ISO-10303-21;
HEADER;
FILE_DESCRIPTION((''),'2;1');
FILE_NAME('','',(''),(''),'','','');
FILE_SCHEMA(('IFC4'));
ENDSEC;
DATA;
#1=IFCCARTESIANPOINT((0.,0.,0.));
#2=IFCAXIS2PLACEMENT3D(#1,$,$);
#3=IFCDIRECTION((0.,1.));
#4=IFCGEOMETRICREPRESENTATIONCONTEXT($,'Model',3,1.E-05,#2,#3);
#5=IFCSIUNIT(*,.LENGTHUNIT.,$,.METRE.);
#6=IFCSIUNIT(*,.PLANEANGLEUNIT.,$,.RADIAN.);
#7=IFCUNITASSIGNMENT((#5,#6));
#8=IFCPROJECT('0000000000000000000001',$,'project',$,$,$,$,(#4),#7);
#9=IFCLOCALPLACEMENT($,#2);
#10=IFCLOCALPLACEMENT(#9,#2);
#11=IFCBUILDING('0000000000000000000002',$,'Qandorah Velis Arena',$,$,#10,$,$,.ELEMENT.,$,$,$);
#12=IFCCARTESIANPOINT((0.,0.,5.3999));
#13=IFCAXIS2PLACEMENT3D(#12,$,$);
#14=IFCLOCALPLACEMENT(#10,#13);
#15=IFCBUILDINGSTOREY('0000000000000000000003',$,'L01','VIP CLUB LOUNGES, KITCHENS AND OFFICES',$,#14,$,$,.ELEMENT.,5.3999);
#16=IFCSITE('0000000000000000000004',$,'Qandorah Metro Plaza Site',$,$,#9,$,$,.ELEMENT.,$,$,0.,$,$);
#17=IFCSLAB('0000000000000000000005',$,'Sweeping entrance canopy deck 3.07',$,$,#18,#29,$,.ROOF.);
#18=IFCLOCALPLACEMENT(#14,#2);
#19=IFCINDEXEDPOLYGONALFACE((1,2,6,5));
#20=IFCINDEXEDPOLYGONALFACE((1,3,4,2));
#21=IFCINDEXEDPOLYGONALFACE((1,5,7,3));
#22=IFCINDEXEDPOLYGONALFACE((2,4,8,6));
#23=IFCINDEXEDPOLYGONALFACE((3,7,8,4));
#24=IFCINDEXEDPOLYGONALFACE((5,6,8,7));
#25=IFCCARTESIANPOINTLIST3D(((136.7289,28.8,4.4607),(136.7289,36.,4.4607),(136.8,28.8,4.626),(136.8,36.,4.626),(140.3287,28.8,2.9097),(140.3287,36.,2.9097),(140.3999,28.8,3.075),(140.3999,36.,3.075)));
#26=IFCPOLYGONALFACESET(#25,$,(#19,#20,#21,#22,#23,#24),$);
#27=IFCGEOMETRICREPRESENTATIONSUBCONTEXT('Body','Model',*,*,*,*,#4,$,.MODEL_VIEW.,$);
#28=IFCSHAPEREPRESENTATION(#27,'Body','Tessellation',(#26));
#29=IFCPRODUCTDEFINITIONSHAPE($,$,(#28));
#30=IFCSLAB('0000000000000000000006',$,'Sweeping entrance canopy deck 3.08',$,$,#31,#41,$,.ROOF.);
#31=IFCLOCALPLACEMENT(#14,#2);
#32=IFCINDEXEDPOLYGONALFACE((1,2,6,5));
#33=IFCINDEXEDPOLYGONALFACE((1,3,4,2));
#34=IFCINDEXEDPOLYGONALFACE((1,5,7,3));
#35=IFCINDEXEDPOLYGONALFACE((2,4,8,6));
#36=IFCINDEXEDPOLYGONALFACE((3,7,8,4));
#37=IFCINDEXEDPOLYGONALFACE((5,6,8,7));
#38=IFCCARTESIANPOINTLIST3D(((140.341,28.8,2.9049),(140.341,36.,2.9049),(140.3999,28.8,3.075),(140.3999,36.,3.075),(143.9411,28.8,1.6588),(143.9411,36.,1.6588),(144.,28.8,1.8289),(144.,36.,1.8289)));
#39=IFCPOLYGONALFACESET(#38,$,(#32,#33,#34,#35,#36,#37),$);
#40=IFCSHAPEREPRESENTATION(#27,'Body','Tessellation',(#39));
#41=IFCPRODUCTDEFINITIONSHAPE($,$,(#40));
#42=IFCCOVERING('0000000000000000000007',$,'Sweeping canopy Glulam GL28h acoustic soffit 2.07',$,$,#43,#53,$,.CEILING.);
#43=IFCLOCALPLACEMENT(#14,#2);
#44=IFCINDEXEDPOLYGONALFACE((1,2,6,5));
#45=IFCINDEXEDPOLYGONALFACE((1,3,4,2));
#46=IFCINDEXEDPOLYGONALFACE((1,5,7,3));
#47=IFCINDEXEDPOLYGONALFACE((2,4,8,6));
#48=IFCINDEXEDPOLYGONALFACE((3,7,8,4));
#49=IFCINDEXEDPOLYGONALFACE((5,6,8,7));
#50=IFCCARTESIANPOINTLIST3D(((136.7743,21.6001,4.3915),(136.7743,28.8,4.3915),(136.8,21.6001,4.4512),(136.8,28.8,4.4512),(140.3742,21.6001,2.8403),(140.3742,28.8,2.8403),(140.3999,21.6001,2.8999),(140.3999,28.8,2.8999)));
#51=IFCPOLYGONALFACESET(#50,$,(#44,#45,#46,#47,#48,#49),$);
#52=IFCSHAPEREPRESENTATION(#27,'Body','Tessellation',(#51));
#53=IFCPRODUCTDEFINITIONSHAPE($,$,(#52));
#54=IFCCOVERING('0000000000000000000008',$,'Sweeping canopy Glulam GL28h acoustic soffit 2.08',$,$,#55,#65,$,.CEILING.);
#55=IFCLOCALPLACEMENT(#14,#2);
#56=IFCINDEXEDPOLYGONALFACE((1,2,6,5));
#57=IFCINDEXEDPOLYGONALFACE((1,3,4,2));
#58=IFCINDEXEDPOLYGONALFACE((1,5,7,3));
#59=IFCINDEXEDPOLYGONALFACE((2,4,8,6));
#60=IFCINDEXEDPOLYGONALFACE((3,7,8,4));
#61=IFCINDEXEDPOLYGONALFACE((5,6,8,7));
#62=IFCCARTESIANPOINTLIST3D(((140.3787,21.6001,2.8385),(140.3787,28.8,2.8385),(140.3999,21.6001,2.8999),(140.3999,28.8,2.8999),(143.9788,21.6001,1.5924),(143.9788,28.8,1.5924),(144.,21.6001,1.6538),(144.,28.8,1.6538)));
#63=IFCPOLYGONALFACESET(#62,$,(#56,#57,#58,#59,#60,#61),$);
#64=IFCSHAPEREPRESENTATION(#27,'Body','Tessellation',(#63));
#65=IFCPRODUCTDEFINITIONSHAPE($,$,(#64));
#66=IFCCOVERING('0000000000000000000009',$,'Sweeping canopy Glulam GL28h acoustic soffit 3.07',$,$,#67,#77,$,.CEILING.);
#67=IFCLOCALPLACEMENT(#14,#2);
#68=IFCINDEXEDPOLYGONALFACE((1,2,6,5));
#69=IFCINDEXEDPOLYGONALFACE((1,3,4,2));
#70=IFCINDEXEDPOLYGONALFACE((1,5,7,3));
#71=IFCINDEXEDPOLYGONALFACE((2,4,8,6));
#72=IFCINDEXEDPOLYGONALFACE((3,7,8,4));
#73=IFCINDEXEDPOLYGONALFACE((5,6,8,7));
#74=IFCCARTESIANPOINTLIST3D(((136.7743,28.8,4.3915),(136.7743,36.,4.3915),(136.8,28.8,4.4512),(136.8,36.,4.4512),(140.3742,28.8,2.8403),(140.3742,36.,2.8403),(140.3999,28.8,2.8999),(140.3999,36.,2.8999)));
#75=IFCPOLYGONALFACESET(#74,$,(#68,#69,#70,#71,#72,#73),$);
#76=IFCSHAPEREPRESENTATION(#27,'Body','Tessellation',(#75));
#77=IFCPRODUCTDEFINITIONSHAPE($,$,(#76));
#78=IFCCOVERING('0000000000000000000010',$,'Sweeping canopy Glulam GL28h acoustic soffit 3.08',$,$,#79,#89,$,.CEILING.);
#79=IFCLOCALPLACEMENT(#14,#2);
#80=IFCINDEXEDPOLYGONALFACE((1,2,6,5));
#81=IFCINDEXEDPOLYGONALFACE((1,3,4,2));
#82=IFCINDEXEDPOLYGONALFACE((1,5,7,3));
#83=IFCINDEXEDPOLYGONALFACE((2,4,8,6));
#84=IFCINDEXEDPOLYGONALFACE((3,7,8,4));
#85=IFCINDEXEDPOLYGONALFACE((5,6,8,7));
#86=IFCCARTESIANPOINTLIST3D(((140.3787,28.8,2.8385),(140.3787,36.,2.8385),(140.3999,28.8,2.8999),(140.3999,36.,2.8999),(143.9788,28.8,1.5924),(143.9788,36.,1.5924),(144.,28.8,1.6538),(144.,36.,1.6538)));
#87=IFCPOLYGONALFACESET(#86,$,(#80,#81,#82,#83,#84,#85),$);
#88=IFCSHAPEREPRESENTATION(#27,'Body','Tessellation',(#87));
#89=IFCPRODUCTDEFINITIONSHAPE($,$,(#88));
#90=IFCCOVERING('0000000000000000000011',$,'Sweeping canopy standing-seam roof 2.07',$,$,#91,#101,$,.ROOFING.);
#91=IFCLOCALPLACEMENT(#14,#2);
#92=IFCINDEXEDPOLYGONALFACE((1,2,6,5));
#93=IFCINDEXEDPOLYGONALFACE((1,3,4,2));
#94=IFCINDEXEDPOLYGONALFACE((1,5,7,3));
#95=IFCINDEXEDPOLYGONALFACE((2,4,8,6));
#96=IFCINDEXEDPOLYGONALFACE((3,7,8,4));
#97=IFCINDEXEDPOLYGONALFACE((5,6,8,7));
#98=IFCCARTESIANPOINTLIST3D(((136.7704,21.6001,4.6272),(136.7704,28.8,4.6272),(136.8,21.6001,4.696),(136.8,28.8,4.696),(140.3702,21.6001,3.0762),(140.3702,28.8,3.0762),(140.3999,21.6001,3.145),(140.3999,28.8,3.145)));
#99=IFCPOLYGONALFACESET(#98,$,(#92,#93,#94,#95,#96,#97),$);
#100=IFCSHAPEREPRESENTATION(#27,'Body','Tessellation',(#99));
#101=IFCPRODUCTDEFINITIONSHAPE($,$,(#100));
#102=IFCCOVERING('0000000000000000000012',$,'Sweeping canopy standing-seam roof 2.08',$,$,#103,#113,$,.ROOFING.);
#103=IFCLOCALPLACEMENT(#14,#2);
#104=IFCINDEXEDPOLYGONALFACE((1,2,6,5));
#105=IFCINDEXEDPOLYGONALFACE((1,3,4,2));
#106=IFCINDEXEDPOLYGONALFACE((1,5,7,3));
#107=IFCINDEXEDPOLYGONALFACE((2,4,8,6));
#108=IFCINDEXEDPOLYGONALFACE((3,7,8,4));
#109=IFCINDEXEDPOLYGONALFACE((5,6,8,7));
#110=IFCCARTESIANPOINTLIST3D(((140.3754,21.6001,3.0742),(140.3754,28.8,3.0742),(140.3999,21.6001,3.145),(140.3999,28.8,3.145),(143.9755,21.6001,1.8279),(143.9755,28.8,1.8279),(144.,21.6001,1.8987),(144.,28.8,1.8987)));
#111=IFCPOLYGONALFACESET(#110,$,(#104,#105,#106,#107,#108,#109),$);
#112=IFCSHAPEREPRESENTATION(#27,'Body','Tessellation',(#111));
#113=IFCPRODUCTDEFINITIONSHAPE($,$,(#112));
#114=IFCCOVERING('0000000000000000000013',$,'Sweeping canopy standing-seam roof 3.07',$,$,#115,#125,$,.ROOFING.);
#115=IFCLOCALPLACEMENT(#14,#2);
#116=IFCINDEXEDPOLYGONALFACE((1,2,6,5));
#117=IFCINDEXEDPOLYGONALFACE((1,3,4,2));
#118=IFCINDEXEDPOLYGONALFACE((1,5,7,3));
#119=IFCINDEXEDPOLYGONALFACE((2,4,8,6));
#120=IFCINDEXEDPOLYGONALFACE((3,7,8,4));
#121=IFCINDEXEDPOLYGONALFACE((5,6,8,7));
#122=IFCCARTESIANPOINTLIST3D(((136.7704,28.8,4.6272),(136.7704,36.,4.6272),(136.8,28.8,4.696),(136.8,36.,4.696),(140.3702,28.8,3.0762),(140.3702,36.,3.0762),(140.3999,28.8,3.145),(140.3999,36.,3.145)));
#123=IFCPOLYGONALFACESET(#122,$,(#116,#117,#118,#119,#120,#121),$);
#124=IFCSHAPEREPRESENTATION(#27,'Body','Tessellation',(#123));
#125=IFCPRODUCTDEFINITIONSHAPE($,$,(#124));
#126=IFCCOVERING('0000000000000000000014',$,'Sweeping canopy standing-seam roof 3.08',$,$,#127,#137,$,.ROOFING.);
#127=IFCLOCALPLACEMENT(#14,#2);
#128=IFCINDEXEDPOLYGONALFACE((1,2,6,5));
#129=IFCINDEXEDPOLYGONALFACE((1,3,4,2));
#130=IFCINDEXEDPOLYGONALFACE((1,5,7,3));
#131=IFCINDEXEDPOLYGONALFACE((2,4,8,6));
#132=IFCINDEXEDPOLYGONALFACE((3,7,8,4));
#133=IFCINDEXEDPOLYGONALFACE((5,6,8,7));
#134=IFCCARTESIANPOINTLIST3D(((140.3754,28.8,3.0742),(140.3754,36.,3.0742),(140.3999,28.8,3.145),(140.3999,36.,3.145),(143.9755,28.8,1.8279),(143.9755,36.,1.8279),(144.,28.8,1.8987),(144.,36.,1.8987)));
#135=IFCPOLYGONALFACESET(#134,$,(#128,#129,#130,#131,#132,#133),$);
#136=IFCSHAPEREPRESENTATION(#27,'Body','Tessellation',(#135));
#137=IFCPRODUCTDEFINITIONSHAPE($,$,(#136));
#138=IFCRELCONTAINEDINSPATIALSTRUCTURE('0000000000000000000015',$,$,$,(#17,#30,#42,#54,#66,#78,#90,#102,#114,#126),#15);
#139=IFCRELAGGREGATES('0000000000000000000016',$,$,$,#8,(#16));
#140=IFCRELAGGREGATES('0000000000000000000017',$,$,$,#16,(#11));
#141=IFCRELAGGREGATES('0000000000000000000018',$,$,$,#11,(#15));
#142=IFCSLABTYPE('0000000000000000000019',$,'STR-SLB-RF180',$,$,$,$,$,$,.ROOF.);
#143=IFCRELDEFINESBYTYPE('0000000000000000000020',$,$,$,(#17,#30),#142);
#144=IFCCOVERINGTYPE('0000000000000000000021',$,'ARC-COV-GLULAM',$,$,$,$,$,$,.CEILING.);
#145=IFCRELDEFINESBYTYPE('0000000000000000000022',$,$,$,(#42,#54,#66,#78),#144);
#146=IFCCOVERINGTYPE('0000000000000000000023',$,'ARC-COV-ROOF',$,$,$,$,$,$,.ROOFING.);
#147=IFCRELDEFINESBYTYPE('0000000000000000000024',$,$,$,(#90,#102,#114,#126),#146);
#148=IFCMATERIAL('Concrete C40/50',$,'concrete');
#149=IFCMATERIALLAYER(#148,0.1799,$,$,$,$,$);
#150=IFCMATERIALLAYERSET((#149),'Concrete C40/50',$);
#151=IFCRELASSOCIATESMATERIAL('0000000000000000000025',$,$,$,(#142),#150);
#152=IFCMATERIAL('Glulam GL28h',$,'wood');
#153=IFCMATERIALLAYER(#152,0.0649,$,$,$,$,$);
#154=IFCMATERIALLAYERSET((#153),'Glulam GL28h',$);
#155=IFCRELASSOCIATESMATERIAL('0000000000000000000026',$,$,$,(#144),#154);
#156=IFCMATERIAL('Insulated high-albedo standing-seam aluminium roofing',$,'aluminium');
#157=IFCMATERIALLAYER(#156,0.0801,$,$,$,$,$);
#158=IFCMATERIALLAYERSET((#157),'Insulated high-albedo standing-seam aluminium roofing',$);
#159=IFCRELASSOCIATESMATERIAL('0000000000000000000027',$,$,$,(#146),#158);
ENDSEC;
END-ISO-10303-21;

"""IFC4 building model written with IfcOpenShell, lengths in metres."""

from ifc_helpers import new_model, si_unit, direction, frame, origin, place, context, subcontext, project, spatial, polyline, outline, extrude, material, layer, layer_set, type_object, element, save


model = new_model("IFC4")

# Units and contexts
model_context = context("Model", 3, precision=1e-05, world=origin(), true_north=direction((0.0, 1.0)))
body_context = subcontext(model_context, "Body", "Model", "MODEL_VIEW")
ifc_project = project(units=[si_unit("LENGTHUNIT", "METRE"), si_unit("PLANEANGLEUNIT", "RADIAN")], contexts=[model_context])

# Site, building, storey
site_placement = place(None, origin())
site = spatial("IfcSite", under=ifc_project, at=site_placement, Name="Qandorah Metro Plaza Site", CompositionType="ELEMENT", RefElevation=0.0)
building_placement = place(site_placement, origin())
building = spatial("IfcBuilding", under=site, at=building_placement, Name="Qandorah Velis Arena", CompositionType="ELEMENT")
storey_placement = place(building_placement, frame((0.0, 0.0, 5.3999)))
storey = spatial("IfcBuildingStorey", under=building, at=storey_placement, Name="L01", Description="VIP CLUB LOUNGES, KITCHENS AND OFFICES", CompositionType="ELEMENT", Elevation=5.3999)

# Slabs
ifc_material_1 = material(Name="Concrete C40/50", Category="concrete")
ifc_layer_1 = layer(ifc_material_1, 0.1799)
ifc_layer_set_1 = layer_set([ifc_layer_1], Name="Concrete C40/50")
slab_type = type_object("IfcSlabType", Name="STR-SLB-RF180", PredefinedType="ROOF", material=ifc_layer_set_1)
slab_1_placement = place(storey_placement, frame((136.8, 28.8, 4.626), z_axis=(0.395693, 0.0, 0.918383), x_axis=(0.918383, 0.0, -0.395693)))
element("IfcSlab", 1, at=slab_1_placement, inside=storey, type_object=slab_type, Name="Sweeping entrance canopy deck 3.07", PredefinedType="ROOF", context=body_context, shape_type="SweptSolid", body=[
    extrude(outline(polyline([(0.0, 0.0), (3.9198, 0.0), (3.9198, 7.2), (0.0, 7.2), (0.0, 0.0)])), origin(), (0.0, 0.0, -1.0), 0.1799),
])
slab_2_placement = place(storey_placement, frame((140.3999, 28.8, 3.075), z_axis=(0.327089, 0.0, 0.944994), x_axis=(0.944994, 0.0, -0.327089)))
element("IfcSlab", 2, at=slab_2_placement, inside=storey, type_object=slab_type, Name="Sweeping entrance canopy deck 3.08", PredefinedType="ROOF", context=body_context, shape_type="SweptSolid", body=[
    extrude(outline(polyline([(0.0, 0.0), (3.8097, 0.0), (3.8097, 7.2), (0.0, 7.2), (0.0, 0.0)])), origin(), (0.0, 0.0, -1.0), 0.1799),
])

# Coverings
ifc_material_2 = material(Name="Glulam GL28h", Category="wood")
ifc_layer_2 = layer(ifc_material_2, 0.0649)
ifc_layer_set_2 = layer_set([ifc_layer_2], Name="Glulam GL28h")
covering_type_1 = type_object("IfcCoveringType", Name="ARC-COV-GLULAM", PredefinedType="CEILING", material=ifc_layer_set_2)
covering_1_placement = place(storey_placement, frame((136.8, 21.6001, 4.4512), z_axis=(0.395745, 0.0, 0.91836), x_axis=(0.91836, 0.0, -0.395745)))
element("IfcCovering", 3, at=covering_1_placement, inside=storey, type_object=covering_type_1, Name="Sweeping canopy Glulam GL28h acoustic soffit 2.07", PredefinedType="CEILING", context=body_context, shape_type="SweptSolid", body=[
    extrude(outline(polyline([(0.0, 0.0), (3.9199, 0.0), (3.9199, 7.2), (0.0, 7.2), (0.0, 0.0)])), origin(), (0.0, 0.0, -1.0), 0.0649),
])
covering_2_placement = place(storey_placement, frame((140.3999, 21.6001, 2.8999), z_axis=(0.327089, 0.0, 0.944994), x_axis=(0.944994, 0.0, -0.327089)))
element("IfcCovering", 4, at=covering_2_placement, inside=storey, type_object=covering_type_1, Name="Sweeping canopy Glulam GL28h acoustic soffit 2.08", PredefinedType="CEILING", context=body_context, shape_type="SweptSolid", body=[
    extrude(outline(polyline([(0.0, 0.0), (3.8097, 0.0), (3.8097, 7.2), (0.0, 7.2), (0.0, 0.0)])), origin(), (0.0, 0.0, -1.0), 0.0649),
])
covering_3_placement = place(storey_placement, frame((136.8, 28.8, 4.4512), z_axis=(0.395745, 0.0, 0.91836), x_axis=(0.91836, 0.0, -0.395745)))
element("IfcCovering", 5, at=covering_3_placement, inside=storey, type_object=covering_type_1, Name="Sweeping canopy Glulam GL28h acoustic soffit 3.07", PredefinedType="CEILING", context=body_context, shape_type="SweptSolid", body=[
    extrude(outline(polyline([(0.0, 0.0), (3.9199, 0.0), (3.9199, 7.2), (0.0, 7.2), (0.0, 0.0)])), origin(), (0.0, 0.0, -1.0), 0.0649),
])
covering_4_placement = place(storey_placement, frame((140.3999, 28.8, 2.8999), z_axis=(0.327089, 0.0, 0.944994), x_axis=(0.944994, 0.0, -0.327089)))
element("IfcCovering", 6, at=covering_4_placement, inside=storey, type_object=covering_type_1, Name="Sweeping canopy Glulam GL28h acoustic soffit 3.08", PredefinedType="CEILING", context=body_context, shape_type="SweptSolid", body=[
    extrude(outline(polyline([(0.0, 0.0), (3.8097, 0.0), (3.8097, 7.2), (0.0, 7.2), (0.0, 0.0)])), origin(), (0.0, 0.0, -1.0), 0.0649),
])
ifc_material_3 = material(Name="Insulated high-albedo standing-seam aluminium roofing", Category="aluminium")
ifc_layer_3 = layer(ifc_material_3, 0.0801)
ifc_layer_set_3 = layer_set([ifc_layer_3], Name="Insulated high-albedo standing-seam aluminium roofing")
covering_type_2 = type_object("IfcCoveringType", Name="ARC-COV-ROOF", PredefinedType="ROOFING", material=ifc_layer_set_3)
covering_5_placement = place(storey_placement, frame((136.8, 21.6001, 4.696), z_axis=(0.395693, 0.0, 0.918383), x_axis=(0.918383, 0.0, -0.395693)))
element("IfcCovering", 7, at=covering_5_placement, inside=storey, type_object=covering_type_2, Name="Sweeping canopy standing-seam roof 2.07", PredefinedType="ROOFING", context=body_context, shape_type="SweptSolid", body=[
    extrude(outline(polyline([(0.0, 0.0), (3.9198, 0.0), (3.9198, 7.2), (0.0, 7.2), (0.0, 0.0)])), origin(), (0.0, 0.0, -1.0), 0.075),
])
covering_6_placement = place(storey_placement, frame((140.3999, 21.6001, 3.145), z_axis=(0.327146, 0.0, 0.944974), x_axis=(0.944974, 0.0, -0.327146)))
element("IfcCovering", 8, at=covering_6_placement, inside=storey, type_object=covering_type_2, Name="Sweeping canopy standing-seam roof 2.08", PredefinedType="ROOFING", context=body_context, shape_type="SweptSolid", body=[
    extrude(outline(polyline([(0.0, 0.0), (3.8097, 0.0), (3.8097, 7.2), (0.0, 7.2), (0.0, 0.0)])), origin(), (0.0, 0.0, -1.0), 0.075),
])
covering_7_placement = place(storey_placement, frame((136.8, 28.8, 4.696), z_axis=(0.395693, 0.0, 0.918383), x_axis=(0.918383, 0.0, -0.395693)))
element("IfcCovering", 9, at=covering_7_placement, inside=storey, type_object=covering_type_2, Name="Sweeping canopy standing-seam roof 3.07", PredefinedType="ROOFING", context=body_context, shape_type="SweptSolid", body=[
    extrude(outline(polyline([(0.0, 0.0), (3.9198, 0.0), (3.9198, 7.2), (0.0, 7.2), (0.0, 0.0)])), origin(), (0.0, 0.0, -1.0), 0.075),
])
covering_8_placement = place(storey_placement, frame((140.3999, 28.8, 3.145), z_axis=(0.327146, 0.0, 0.944974), x_axis=(0.944974, 0.0, -0.327146)))
element("IfcCovering", 10, at=covering_8_placement, inside=storey, type_object=covering_type_2, Name="Sweeping canopy standing-seam roof 3.08", PredefinedType="ROOFING", context=body_context, shape_type="SweptSolid", body=[
    extrude(outline(polyline([(0.0, 0.0), (3.8097, 0.0), (3.8097, 7.2), (0.0, 7.2), (0.0, 0.0)])), origin(), (0.0, 0.0, -1.0), 0.075),
])

save(model, "model.ifc")
